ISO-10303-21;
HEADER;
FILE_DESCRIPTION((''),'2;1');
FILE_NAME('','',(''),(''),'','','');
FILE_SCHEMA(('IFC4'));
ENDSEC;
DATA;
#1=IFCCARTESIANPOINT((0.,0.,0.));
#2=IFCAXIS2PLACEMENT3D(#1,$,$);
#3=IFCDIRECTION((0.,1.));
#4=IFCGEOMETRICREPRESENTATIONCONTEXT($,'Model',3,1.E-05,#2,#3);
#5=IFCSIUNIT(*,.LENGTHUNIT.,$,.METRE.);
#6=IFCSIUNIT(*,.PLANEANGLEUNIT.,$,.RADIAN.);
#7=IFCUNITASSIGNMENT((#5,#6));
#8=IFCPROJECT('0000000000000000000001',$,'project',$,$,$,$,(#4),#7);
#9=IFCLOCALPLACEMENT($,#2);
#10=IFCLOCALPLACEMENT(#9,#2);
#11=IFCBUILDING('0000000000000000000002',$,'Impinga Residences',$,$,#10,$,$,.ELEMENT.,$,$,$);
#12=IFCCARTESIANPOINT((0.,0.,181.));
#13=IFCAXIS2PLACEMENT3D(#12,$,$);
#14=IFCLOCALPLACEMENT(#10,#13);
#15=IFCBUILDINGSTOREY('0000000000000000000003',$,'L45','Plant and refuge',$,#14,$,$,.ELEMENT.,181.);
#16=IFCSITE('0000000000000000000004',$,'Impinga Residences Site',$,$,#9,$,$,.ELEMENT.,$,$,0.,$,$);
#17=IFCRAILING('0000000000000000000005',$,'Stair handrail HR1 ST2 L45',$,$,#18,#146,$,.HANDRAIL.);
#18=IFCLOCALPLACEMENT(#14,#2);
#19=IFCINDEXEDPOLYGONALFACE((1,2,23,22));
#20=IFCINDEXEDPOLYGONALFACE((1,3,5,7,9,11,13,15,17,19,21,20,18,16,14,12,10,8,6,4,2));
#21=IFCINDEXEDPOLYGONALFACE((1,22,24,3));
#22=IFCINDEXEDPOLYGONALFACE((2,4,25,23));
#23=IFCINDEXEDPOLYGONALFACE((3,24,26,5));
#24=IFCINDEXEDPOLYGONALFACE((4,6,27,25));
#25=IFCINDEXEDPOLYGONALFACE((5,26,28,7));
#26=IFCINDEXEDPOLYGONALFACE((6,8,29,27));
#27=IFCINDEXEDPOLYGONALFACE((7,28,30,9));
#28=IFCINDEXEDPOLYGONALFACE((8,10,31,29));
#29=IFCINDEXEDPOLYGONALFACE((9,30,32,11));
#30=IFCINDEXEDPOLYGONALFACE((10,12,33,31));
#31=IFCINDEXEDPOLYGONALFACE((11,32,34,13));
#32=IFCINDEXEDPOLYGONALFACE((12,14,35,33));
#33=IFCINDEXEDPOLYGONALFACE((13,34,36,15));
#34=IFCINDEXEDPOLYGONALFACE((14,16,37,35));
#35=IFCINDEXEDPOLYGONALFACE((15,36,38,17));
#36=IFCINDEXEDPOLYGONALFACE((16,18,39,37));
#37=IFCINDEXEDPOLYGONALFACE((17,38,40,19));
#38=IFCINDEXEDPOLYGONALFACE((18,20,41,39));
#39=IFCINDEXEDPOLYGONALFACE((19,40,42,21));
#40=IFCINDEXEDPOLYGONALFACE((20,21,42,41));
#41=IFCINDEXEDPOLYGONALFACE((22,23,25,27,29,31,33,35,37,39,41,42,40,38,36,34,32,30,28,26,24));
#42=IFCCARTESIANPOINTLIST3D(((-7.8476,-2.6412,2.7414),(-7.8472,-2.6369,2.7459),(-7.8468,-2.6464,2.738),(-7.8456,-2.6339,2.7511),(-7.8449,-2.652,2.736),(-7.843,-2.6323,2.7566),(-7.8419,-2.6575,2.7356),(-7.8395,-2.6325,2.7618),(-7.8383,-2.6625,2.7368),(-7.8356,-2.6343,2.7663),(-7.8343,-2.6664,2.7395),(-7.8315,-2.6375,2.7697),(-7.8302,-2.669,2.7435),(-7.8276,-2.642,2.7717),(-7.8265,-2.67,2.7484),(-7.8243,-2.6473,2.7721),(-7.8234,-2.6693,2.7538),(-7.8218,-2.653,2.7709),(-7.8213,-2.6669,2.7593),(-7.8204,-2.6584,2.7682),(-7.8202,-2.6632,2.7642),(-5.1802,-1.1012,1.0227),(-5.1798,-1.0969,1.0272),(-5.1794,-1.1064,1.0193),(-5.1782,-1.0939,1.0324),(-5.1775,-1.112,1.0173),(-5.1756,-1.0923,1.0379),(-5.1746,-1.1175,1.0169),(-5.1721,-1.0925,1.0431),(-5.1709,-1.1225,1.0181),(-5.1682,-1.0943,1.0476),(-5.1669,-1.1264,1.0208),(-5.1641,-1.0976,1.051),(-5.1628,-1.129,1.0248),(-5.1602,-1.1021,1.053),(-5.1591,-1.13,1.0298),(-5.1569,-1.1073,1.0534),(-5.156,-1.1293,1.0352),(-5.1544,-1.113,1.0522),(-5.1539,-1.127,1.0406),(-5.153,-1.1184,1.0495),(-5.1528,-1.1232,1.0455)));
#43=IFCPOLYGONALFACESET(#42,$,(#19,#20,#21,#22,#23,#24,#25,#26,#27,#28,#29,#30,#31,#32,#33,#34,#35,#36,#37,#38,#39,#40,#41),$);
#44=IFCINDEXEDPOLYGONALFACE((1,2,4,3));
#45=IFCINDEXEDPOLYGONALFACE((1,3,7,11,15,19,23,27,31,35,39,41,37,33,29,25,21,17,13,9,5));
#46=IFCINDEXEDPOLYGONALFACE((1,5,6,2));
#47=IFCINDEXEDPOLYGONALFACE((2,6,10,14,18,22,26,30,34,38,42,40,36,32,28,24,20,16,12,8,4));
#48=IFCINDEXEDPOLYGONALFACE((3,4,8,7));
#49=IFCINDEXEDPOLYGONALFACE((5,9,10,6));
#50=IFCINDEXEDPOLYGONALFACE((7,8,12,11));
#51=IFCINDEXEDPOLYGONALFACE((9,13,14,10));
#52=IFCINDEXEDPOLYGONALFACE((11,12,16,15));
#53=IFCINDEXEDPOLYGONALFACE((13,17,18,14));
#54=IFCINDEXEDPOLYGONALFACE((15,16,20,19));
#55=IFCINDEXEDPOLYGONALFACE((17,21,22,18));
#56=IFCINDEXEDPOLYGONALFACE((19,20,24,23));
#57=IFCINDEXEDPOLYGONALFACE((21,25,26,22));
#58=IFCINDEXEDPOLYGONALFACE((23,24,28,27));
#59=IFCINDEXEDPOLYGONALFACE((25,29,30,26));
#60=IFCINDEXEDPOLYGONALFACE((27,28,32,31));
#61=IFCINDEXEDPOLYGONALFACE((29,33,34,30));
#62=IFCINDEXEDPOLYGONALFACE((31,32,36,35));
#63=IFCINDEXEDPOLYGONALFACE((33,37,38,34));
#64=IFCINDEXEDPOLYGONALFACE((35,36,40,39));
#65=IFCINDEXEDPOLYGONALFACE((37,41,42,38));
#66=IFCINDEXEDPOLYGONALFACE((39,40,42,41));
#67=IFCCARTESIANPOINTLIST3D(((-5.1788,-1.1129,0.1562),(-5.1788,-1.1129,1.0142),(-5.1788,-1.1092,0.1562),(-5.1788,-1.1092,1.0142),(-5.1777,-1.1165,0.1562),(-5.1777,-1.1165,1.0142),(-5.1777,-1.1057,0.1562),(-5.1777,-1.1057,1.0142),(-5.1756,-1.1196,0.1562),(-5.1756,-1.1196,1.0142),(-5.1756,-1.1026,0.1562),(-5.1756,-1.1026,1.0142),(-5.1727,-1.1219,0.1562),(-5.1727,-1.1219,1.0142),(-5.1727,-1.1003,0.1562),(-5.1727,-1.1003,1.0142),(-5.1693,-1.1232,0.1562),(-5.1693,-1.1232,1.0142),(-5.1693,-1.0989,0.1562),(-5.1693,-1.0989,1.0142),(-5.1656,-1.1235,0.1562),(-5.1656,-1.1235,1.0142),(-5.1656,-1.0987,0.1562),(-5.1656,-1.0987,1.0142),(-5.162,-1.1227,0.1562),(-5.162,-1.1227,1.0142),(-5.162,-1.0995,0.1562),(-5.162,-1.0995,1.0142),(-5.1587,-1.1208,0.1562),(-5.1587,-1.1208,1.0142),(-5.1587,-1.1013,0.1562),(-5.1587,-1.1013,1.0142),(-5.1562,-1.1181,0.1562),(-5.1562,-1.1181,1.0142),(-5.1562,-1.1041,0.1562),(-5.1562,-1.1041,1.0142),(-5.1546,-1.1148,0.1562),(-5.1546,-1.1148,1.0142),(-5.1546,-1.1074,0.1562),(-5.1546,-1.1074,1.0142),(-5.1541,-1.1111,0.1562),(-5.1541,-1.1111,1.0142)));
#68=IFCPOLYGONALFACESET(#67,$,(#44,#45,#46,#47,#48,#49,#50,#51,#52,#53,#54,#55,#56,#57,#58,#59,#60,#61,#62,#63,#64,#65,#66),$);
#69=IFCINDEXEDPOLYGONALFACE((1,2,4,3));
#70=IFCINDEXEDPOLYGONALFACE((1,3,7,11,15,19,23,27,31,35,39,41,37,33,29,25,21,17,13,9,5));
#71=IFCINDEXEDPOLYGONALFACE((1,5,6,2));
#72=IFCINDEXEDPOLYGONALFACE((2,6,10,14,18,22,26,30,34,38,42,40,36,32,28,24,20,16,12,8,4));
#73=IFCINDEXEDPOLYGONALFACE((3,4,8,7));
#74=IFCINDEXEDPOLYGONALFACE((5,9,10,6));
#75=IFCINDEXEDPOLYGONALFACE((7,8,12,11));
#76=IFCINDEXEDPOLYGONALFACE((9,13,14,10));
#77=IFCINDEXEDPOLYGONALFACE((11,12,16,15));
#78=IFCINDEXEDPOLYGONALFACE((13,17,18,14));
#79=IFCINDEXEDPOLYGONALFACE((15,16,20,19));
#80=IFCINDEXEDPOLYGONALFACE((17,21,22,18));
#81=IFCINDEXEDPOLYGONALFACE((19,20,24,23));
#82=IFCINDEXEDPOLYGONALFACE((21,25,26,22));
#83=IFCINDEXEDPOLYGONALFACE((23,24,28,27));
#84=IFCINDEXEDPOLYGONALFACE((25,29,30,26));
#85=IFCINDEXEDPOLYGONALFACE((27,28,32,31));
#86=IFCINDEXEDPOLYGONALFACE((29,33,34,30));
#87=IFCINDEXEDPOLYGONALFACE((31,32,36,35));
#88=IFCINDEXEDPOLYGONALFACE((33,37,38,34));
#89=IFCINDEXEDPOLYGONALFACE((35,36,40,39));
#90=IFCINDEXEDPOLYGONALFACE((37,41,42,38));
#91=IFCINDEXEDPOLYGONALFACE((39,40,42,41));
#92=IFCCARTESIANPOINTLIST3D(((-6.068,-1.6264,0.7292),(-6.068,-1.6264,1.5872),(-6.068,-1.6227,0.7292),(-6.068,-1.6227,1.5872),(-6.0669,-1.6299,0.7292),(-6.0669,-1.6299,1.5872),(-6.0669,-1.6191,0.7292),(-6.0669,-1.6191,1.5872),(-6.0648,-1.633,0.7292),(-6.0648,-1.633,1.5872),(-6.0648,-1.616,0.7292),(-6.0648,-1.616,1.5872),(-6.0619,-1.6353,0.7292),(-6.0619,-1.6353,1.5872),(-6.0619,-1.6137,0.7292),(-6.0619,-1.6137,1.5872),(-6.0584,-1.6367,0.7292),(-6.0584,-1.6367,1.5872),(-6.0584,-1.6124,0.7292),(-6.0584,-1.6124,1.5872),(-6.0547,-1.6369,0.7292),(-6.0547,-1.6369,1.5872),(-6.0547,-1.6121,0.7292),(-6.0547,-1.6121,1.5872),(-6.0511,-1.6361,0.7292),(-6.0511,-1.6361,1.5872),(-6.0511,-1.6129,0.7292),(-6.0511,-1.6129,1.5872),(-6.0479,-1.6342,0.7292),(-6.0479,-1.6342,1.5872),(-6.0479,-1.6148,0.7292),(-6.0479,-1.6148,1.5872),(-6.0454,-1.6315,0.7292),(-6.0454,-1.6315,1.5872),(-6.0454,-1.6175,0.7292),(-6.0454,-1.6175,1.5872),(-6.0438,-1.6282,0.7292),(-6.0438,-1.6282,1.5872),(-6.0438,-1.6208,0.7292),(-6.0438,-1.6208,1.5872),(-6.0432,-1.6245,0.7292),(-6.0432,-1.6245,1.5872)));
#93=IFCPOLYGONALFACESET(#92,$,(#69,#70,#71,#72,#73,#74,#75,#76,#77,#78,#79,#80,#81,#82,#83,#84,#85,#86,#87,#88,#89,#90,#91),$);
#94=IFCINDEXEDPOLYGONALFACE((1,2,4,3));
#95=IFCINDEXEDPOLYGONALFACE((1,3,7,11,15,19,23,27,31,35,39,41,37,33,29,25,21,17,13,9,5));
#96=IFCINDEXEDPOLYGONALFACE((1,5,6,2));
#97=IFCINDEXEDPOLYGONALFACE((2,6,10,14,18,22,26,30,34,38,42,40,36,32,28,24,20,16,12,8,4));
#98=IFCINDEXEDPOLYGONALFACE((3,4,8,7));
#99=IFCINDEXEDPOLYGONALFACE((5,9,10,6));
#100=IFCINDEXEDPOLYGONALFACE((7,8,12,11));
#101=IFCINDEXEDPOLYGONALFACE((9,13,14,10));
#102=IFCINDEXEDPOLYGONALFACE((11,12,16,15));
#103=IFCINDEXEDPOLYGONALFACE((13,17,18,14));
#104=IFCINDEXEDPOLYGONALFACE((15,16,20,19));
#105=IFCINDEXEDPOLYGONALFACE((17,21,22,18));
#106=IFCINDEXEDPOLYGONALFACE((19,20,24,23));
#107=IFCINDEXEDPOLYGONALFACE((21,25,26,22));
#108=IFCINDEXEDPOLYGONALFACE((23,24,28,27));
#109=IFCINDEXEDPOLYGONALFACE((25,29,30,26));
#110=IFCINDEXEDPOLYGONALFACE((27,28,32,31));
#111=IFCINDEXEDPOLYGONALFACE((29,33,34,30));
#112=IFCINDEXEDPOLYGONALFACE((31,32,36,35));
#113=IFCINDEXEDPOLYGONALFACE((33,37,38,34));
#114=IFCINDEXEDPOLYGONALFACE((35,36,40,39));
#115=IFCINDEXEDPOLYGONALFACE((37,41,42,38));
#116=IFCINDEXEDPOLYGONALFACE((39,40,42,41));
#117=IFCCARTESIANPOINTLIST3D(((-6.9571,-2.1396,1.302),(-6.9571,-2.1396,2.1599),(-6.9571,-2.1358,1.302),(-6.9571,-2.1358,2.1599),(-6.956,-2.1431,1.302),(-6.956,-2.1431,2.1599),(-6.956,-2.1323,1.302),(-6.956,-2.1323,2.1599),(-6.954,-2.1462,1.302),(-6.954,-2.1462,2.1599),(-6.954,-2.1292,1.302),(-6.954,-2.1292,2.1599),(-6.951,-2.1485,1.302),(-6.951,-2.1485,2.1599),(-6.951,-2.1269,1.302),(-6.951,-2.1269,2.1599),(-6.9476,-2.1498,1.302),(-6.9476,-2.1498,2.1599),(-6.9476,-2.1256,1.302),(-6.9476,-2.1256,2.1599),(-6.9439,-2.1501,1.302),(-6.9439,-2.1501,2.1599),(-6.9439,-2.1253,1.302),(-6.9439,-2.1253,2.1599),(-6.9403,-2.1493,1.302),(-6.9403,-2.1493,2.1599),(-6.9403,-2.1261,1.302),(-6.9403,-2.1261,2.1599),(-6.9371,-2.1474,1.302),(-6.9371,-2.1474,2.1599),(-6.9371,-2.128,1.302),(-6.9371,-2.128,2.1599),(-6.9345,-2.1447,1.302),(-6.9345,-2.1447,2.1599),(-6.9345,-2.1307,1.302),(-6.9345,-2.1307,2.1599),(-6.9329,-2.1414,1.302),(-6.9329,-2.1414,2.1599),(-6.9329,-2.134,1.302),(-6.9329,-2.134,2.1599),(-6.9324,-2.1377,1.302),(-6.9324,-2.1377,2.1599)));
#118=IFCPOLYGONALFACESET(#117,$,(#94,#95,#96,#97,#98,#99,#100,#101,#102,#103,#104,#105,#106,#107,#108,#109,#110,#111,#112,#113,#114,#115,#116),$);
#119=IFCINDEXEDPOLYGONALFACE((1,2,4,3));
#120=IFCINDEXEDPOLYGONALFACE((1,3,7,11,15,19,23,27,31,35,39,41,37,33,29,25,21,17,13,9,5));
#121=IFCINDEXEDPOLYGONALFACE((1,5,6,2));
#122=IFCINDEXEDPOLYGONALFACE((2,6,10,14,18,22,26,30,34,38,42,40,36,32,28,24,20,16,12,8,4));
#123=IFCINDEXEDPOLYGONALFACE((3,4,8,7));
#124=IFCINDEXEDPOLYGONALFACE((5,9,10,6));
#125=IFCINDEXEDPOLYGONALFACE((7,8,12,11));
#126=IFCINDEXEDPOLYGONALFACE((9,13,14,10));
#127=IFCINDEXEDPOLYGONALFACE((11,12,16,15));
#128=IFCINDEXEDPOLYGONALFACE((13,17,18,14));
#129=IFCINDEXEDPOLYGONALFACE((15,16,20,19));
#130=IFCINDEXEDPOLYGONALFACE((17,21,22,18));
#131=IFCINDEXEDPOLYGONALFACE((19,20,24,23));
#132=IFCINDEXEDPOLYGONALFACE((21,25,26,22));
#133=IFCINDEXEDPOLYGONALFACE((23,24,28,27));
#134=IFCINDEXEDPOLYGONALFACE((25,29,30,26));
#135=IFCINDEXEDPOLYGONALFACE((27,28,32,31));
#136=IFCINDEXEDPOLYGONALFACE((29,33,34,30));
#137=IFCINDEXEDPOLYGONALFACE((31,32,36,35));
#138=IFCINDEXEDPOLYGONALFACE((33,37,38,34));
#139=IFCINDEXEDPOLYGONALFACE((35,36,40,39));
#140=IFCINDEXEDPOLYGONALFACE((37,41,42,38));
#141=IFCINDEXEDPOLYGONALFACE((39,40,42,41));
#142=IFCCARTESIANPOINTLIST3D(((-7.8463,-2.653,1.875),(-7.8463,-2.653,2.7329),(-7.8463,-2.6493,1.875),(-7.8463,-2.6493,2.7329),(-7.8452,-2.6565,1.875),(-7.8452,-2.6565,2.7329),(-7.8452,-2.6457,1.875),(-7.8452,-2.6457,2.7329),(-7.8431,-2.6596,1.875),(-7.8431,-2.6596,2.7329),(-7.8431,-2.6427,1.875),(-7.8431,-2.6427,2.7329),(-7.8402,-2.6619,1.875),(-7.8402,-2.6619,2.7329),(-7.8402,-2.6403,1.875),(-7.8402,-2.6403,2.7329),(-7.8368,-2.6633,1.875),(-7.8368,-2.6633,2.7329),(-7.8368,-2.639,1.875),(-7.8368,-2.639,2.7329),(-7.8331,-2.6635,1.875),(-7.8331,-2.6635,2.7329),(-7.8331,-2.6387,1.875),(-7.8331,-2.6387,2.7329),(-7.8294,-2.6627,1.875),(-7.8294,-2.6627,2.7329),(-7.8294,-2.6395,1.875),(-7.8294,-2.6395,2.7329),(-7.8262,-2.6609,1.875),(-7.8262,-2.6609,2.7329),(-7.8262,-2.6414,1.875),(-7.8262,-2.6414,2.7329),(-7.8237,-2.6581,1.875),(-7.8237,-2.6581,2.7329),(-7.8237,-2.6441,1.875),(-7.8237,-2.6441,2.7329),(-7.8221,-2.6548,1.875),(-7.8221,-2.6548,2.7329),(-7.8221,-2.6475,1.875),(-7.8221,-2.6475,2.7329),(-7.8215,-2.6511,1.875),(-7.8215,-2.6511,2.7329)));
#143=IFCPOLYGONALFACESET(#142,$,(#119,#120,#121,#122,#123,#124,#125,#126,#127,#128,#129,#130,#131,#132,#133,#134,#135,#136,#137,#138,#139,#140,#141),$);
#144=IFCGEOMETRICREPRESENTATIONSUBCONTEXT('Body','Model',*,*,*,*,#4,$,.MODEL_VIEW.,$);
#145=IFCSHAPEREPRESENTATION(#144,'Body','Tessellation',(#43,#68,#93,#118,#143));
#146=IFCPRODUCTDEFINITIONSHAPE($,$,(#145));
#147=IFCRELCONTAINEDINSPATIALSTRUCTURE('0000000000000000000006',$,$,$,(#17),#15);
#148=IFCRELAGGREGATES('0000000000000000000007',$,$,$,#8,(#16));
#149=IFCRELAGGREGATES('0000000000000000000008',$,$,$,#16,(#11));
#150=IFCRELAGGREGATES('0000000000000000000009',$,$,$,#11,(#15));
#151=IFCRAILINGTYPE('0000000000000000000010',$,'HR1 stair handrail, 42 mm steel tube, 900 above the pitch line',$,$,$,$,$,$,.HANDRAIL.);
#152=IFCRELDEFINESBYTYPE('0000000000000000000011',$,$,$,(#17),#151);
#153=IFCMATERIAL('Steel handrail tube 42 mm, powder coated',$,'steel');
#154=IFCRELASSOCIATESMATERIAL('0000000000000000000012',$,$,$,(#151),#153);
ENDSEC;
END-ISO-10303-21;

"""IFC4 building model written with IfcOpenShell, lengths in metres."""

from ifc_helpers import new_model, si_unit, direction, frame, origin, origin_2d, place, context, subcontext, project, spatial, circle, extrude, material, type_object, element, save


model = new_model("IFC4")

# Units and contexts
model_context = context("Model", 3, precision=1e-05, world=origin(), true_north=direction((0.0, 1.0)))
body_context = subcontext(model_context, "Body", "Model", "MODEL_VIEW")
ifc_project = project(units=[si_unit("LENGTHUNIT", "METRE"), si_unit("PLANEANGLEUNIT", "RADIAN")], contexts=[model_context])

# Site, building, storey
site_placement = place(None, origin())
site = spatial("IfcSite", under=ifc_project, at=site_placement, Name="Impinga Residences Site", CompositionType="ELEMENT", RefElevation=0.0)
building_placement = place(site_placement, origin())
building = spatial("IfcBuilding", under=site, at=building_placement, Name="Impinga Residences", CompositionType="ELEMENT")
storey_placement = place(building_placement, frame((0.0, 0.0, 181.0)))
storey = spatial("IfcBuildingStorey", under=building, at=storey_placement, Name="L45", Description="Plant and refuge", CompositionType="ELEMENT", Elevation=181.0)

# Railing
ifc_material_1 = material(Name="Steel handrail tube 42 mm, powder coated", Category="steel")
railing_type_1 = type_object("IfcRailingType", Name="HR1 stair handrail, 42 mm steel tube, 900 above the pitch line", PredefinedType="HANDRAIL", material=ifc_material_1)
for number, where, name in (
    (1, (-5.1665, -1.1111, 0.1562), "Stair handrail HR1 ST2 L45"),
):
    element("IfcRailing", number, at=place(storey_placement, frame(where)), inside=storey, type_object=railing_type_1, Name=name, PredefinedType="HANDRAIL", context=body_context, shape_type="SweptSolid", body=[
        extrude(circle(Radius=0.021, at=origin_2d()), frame((0.0, 0.0, 0.8789), z_axis=(-0.756256, -0.436616, 0.487282), x_axis=(0.499992, -0.86603, 0.0)), (0.0, 0.0, 1.0), 3.5271),
        extrude(circle(Radius=0.0125, at=origin_2d()), origin(), (0.0, 0.0, 1.0), 0.8579),
        extrude(circle(Radius=0.0125, at=origin_2d()), frame((-0.8892, -0.5134, 0.573)), (0.0, 0.0, 1.0), 0.8579),
        extrude(circle(Radius=0.0125, at=origin_2d()), frame((-1.7783, -1.0266, 1.1458)), (0.0, 0.0, 1.0), 0.8579),
        extrude(circle(Radius=0.0125, at=origin_2d()), frame((-2.6675, -1.54, 1.7188)), (0.0, 0.0, 1.0), 0.8579),
    ])

save(model, "model.ifc")
